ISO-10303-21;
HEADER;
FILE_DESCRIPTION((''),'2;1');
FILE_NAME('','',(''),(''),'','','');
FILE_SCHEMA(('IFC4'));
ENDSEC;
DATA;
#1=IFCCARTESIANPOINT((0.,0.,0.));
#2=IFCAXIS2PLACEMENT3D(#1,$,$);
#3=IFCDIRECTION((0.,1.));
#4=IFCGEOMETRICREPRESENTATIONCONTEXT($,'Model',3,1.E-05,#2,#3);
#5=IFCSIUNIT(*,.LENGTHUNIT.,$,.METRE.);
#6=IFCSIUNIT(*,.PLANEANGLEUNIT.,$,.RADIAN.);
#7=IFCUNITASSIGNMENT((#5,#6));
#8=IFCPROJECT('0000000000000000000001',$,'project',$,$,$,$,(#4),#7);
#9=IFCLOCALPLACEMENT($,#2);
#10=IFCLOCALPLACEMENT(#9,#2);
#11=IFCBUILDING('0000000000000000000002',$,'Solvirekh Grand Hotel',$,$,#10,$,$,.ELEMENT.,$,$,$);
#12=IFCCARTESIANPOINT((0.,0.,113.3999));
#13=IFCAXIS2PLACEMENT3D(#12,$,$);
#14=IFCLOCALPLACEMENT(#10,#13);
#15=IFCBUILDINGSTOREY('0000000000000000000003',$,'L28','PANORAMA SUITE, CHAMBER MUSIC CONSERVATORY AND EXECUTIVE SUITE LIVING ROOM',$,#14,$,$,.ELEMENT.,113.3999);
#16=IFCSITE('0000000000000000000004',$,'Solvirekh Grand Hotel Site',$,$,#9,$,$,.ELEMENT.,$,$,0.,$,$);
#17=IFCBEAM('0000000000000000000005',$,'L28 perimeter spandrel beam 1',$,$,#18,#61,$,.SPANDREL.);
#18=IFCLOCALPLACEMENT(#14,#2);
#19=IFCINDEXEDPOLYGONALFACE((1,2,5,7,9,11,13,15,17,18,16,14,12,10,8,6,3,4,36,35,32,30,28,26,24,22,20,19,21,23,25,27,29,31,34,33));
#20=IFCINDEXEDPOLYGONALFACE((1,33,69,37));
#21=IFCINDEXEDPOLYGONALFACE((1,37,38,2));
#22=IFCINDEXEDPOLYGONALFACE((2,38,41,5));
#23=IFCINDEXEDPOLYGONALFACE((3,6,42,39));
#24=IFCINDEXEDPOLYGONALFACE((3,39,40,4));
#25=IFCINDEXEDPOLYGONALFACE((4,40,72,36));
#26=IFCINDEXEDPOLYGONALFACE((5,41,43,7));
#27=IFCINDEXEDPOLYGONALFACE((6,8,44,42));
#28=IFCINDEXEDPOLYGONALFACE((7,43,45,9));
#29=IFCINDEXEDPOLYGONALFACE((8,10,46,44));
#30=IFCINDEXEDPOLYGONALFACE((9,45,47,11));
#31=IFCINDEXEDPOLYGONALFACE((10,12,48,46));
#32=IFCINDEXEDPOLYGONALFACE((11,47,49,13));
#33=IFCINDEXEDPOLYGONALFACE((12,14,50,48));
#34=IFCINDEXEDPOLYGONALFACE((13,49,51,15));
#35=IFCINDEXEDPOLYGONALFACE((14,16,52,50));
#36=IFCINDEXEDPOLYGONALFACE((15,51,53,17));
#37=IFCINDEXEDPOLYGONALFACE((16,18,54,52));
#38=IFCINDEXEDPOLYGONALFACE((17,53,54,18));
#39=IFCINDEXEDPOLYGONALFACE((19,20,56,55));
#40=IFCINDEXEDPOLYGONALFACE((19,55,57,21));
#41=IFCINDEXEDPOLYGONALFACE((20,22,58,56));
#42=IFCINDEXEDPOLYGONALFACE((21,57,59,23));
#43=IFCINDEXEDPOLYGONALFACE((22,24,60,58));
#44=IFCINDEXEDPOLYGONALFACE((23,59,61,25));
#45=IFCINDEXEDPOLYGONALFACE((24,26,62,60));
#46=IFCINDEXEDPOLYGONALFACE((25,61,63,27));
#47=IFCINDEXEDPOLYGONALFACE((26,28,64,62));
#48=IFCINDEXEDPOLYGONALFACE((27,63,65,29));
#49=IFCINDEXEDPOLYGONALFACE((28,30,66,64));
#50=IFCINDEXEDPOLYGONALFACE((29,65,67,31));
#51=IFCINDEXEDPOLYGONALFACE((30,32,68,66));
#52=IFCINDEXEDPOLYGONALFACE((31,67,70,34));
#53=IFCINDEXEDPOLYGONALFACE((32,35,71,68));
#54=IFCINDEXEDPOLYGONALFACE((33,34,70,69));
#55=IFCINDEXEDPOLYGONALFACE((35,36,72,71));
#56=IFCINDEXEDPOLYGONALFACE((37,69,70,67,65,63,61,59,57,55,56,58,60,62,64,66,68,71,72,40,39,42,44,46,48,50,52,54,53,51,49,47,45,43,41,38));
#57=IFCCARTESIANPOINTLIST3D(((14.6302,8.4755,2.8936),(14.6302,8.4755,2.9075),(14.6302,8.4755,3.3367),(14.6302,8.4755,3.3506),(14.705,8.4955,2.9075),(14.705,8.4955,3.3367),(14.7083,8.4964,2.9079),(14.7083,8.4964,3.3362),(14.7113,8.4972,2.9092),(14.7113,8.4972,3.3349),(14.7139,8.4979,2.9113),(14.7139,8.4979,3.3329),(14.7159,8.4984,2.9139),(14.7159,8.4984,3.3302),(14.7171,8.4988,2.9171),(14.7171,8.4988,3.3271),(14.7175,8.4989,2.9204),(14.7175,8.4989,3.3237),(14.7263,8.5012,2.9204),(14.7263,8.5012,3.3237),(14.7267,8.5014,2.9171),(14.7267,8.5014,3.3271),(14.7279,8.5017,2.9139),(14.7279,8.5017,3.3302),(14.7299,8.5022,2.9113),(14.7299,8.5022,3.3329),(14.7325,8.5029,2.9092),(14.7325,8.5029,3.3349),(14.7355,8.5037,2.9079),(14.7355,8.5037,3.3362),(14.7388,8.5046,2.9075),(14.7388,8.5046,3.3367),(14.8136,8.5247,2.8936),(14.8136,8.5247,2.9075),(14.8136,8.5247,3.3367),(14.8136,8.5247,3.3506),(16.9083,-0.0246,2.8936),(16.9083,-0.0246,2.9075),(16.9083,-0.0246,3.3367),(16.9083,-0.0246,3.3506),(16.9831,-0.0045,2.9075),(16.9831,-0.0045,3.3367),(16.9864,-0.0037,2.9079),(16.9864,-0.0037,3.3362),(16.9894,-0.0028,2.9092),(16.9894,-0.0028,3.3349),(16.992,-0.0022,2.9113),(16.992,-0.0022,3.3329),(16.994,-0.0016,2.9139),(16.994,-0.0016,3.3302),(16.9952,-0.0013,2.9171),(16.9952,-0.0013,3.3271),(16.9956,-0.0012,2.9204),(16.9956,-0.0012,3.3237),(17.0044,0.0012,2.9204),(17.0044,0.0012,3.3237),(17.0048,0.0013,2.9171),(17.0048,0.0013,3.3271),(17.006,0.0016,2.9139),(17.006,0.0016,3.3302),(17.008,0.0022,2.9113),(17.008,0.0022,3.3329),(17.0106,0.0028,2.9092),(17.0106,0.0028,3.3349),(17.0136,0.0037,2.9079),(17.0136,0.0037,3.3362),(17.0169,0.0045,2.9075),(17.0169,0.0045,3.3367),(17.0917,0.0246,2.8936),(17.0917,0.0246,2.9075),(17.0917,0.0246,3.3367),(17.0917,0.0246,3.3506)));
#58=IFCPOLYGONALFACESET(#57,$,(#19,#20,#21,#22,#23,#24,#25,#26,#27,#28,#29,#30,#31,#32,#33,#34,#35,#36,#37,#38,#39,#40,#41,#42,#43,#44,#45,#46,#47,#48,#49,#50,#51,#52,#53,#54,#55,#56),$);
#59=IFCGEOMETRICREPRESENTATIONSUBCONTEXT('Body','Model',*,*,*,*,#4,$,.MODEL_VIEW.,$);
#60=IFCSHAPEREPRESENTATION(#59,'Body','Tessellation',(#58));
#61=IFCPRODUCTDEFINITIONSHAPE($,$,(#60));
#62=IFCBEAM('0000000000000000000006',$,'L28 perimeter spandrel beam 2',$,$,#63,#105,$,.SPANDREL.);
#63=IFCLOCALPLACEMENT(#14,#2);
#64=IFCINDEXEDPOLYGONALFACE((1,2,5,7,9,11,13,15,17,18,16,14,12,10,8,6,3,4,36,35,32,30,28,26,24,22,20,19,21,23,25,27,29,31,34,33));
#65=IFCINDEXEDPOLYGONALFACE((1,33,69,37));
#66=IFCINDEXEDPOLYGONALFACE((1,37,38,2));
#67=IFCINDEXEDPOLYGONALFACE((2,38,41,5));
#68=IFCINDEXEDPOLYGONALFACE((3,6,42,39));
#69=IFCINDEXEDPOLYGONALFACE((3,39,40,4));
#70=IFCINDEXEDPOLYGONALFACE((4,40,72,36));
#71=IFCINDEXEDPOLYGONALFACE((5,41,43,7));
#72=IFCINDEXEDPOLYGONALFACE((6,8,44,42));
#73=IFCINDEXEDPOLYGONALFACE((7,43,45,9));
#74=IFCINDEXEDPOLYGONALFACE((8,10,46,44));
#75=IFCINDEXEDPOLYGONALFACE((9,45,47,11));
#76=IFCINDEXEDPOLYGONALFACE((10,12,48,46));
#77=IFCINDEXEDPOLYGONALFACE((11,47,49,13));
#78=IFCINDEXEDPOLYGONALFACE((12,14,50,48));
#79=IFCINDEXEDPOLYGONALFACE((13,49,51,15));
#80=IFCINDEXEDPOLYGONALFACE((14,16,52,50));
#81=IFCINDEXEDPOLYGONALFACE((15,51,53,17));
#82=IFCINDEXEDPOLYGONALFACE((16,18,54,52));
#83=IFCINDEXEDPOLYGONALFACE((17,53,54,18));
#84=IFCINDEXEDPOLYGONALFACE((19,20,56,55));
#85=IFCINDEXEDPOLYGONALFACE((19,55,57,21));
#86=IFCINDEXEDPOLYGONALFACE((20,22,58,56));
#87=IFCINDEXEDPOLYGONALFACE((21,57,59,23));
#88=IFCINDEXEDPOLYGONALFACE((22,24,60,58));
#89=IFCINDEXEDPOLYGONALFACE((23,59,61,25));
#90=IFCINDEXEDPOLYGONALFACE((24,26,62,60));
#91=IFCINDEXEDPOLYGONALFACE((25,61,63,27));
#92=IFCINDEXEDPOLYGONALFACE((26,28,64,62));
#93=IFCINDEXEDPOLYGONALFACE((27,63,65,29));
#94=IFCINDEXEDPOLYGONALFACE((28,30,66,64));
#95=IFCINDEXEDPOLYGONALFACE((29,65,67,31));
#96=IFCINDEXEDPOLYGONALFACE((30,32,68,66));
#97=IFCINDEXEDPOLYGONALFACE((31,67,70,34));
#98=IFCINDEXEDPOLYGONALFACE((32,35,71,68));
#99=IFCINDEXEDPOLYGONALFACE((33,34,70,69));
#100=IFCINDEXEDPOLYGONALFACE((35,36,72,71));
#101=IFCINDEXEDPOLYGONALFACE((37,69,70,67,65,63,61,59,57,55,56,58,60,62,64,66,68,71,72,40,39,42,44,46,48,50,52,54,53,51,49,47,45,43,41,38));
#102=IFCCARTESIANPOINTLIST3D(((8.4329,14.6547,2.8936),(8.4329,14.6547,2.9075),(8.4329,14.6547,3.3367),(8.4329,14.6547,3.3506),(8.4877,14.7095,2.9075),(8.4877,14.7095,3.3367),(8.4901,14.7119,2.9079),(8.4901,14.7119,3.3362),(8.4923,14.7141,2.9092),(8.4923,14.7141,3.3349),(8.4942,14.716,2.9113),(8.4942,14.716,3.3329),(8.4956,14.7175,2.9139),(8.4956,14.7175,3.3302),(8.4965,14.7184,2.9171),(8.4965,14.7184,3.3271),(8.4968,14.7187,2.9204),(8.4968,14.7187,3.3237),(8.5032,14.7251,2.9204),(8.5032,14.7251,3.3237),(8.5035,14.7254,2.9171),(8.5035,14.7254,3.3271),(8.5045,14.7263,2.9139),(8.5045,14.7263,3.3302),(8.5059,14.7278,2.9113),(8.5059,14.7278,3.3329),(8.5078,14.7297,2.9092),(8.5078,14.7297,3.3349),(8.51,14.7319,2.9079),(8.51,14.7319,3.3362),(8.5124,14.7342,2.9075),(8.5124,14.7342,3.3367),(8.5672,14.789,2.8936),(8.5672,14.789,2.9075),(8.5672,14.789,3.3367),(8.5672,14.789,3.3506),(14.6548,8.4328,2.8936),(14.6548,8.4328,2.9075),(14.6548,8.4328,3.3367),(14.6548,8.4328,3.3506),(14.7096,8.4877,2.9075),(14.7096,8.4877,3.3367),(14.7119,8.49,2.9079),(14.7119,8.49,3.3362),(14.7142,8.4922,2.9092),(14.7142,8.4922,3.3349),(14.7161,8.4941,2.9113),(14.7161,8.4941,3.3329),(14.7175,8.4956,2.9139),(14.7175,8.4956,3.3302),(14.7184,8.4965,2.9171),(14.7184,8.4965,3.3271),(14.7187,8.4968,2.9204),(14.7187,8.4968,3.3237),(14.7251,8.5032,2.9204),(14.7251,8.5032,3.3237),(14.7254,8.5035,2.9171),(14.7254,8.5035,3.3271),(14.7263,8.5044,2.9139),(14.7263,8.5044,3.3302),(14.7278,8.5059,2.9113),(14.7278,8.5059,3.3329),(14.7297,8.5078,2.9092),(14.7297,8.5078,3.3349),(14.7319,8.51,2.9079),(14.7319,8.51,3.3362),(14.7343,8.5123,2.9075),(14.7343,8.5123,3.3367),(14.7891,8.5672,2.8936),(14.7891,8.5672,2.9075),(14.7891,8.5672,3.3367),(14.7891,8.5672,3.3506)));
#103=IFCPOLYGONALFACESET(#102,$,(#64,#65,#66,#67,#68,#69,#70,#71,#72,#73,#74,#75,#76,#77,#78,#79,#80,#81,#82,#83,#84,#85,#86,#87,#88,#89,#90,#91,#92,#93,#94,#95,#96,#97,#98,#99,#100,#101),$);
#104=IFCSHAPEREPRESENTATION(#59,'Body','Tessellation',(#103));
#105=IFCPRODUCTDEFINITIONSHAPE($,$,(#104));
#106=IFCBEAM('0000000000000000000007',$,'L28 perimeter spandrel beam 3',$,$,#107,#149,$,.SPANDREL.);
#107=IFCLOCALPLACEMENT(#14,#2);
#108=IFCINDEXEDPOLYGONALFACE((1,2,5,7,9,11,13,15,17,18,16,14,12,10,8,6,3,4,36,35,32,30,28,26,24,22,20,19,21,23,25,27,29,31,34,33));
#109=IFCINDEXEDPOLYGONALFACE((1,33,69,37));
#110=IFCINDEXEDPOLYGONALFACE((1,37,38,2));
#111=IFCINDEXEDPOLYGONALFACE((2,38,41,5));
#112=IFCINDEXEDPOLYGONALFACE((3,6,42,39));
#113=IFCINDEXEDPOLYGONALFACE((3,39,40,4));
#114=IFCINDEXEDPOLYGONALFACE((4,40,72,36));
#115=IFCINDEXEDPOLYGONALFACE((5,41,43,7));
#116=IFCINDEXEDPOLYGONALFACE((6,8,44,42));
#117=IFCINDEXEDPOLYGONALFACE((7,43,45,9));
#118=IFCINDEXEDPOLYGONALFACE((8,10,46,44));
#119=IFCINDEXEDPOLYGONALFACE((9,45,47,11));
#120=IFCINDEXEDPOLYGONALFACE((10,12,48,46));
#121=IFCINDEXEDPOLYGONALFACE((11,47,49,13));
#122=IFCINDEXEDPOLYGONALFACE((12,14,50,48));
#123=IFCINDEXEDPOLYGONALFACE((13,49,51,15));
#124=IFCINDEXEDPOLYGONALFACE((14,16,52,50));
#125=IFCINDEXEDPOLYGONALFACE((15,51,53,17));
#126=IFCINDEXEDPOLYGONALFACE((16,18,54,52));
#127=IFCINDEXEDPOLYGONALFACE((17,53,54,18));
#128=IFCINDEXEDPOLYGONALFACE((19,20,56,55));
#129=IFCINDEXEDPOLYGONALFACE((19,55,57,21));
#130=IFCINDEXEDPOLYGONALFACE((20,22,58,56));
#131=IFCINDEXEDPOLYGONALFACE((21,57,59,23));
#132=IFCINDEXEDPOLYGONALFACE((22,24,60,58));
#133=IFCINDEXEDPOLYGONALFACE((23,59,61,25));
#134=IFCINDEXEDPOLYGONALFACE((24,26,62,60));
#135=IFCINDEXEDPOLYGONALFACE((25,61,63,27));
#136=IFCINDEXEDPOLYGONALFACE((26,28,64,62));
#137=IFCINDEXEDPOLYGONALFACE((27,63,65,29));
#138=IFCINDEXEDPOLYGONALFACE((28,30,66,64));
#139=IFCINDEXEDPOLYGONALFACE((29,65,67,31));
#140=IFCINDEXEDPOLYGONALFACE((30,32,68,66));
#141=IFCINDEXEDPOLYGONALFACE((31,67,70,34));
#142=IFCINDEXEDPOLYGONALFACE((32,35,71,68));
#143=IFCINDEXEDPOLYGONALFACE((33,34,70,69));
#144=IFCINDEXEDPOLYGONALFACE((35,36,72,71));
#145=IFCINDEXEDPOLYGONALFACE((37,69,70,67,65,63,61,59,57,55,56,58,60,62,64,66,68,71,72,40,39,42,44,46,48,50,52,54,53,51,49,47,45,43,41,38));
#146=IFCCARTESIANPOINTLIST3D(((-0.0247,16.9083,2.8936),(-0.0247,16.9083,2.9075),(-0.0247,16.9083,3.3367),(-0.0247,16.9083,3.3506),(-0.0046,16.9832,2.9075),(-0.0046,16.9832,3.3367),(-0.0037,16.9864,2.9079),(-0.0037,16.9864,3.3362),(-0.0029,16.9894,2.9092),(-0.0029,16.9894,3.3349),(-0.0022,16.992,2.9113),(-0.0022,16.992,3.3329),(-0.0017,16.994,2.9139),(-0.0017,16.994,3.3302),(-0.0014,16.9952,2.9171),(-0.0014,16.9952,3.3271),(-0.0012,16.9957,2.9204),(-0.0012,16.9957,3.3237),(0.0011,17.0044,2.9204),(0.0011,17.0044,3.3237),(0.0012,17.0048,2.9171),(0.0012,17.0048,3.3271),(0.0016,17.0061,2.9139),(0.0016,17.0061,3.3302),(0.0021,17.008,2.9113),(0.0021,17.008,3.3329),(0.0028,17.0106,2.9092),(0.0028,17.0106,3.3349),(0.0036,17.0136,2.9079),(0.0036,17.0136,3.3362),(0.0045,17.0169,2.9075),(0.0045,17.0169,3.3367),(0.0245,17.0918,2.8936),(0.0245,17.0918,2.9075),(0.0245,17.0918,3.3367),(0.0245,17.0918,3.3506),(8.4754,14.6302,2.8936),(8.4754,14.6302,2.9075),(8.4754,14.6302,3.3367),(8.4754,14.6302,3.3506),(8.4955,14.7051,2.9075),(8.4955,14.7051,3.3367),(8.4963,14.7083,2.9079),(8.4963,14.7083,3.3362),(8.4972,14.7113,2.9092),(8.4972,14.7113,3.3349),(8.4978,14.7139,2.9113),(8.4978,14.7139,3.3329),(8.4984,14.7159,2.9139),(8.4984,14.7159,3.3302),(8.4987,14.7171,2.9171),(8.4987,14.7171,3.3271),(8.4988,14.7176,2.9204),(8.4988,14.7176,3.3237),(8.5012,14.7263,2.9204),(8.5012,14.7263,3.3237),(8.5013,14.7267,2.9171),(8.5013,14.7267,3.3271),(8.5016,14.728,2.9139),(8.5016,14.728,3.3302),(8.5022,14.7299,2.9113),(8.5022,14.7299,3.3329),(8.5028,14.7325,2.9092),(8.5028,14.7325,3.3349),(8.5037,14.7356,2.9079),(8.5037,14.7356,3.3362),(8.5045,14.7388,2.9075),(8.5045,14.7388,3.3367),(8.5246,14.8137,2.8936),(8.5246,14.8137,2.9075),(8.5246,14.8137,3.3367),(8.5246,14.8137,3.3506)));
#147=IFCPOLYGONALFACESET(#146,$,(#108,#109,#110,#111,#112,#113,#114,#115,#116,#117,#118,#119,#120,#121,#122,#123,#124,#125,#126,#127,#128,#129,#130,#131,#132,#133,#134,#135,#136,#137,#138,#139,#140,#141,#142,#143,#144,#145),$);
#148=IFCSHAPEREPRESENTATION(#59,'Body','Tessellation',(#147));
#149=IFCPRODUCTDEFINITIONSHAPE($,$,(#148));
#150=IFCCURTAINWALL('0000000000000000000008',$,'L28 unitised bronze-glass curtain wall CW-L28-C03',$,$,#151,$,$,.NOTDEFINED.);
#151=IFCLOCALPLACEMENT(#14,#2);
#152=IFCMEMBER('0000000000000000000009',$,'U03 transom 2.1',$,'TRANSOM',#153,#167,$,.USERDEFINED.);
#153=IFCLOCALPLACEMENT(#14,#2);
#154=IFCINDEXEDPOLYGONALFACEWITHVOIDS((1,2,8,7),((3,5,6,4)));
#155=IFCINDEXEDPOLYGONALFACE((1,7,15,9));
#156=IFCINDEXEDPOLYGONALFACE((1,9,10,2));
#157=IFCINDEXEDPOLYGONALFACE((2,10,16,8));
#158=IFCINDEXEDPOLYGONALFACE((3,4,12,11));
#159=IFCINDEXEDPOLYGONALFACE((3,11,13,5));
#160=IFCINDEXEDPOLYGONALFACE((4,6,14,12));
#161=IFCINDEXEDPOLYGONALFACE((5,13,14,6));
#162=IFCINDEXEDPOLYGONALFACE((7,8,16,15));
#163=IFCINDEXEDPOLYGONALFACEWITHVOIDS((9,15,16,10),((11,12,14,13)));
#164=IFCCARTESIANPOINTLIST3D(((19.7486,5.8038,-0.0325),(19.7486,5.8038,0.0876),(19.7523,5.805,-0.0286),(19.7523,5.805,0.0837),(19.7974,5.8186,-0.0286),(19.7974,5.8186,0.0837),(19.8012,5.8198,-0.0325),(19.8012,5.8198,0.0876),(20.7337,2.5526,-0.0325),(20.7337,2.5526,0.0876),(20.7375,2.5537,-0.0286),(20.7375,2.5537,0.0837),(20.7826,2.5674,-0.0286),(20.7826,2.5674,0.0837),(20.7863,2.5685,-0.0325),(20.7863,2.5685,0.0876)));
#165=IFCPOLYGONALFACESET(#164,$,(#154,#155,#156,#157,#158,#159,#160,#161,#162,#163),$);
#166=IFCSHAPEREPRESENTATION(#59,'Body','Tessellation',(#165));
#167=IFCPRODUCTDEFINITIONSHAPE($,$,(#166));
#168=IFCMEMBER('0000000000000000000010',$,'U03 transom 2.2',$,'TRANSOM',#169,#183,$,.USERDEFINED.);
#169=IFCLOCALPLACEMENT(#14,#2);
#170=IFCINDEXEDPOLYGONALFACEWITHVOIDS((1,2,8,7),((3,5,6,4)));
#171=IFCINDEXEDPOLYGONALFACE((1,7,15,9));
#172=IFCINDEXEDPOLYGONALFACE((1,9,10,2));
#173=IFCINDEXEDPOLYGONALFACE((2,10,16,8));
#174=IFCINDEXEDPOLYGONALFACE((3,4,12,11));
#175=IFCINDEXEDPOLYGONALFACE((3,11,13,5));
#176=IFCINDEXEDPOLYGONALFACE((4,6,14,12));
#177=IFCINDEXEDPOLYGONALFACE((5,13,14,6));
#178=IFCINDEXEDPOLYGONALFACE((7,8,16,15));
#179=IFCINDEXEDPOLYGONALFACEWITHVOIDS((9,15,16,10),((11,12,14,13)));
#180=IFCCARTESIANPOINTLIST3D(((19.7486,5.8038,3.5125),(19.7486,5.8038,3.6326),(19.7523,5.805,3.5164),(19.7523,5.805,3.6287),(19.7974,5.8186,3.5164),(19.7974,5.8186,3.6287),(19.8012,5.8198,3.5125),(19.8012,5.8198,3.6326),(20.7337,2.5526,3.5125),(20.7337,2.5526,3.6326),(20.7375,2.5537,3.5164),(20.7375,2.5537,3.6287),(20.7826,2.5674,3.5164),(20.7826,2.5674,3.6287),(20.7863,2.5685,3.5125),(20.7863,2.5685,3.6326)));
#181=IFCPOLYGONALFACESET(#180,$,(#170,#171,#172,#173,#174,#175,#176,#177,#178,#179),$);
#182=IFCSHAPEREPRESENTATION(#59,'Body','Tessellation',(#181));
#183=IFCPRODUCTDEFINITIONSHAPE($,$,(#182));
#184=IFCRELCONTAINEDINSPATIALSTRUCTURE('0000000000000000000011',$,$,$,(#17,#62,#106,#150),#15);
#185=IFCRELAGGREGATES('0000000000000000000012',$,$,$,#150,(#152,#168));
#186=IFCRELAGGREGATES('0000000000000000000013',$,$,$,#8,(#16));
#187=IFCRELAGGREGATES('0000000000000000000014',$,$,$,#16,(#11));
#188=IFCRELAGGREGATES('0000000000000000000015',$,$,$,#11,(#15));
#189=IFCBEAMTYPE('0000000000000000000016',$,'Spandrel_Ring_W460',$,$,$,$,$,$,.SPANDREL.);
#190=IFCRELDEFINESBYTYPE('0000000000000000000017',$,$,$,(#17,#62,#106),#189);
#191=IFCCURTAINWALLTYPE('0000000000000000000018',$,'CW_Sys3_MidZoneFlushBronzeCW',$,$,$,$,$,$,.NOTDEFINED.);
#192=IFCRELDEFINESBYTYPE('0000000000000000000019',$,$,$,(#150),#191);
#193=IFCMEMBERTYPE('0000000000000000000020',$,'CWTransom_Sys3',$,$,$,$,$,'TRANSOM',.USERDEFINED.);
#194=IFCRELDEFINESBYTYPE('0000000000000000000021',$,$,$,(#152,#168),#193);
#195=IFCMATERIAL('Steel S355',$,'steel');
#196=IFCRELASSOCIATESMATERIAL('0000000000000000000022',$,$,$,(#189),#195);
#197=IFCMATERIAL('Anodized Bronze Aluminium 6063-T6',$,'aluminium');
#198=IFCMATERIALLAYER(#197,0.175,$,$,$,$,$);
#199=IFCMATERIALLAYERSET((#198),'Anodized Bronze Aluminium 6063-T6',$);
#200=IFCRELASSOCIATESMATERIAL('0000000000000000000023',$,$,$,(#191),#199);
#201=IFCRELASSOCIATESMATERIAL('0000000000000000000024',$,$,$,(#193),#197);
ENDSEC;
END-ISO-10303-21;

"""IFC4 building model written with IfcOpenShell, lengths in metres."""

from ifc_helpers import new_model, si_unit, direction, frame, origin, origin_2d, place, context, subcontext, project, spatial, hollow_rectangle, i_section, extrude, source, transform, mapped, material, layer, layer_set, material_profile, profile_set, type_object, element, aggregate, save


model = new_model("IFC4")

# Units and contexts
model_context = context("Model", 3, precision=1e-05, world=origin(), true_north=direction((0.0, 1.0)))
body_context = subcontext(model_context, "Body", "Model", "MODEL_VIEW")
ifc_project = project(units=[si_unit("LENGTHUNIT", "METRE"), si_unit("PLANEANGLEUNIT", "RADIAN")], contexts=[model_context])

# Site, building, storey
site_placement = place(None, origin())
site = spatial("IfcSite", under=ifc_project, at=site_placement, Name="Solvirekh Grand Hotel Site", CompositionType="ELEMENT", RefElevation=0.0)
building_placement = place(site_placement, origin())
building = spatial("IfcBuilding", under=site, at=building_placement, Name="Solvirekh Grand Hotel", CompositionType="ELEMENT")
storey_placement = place(building_placement, frame((0.0, 0.0, 113.3999)))
storey = spatial("IfcBuildingStorey", under=building, at=storey_placement, Name="L28", Description="PANORAMA SUITE, CHAMBER MUSIC CONSERVATORY AND EXECUTIVE SUITE LIVING ROOM", CompositionType="ELEMENT", Elevation=113.3999)

# Beams
ifc_material_1 = material(Name="Steel S355", Category="steel")
ifc_material_profile_1 = material_profile(ifc_material_1, i_section(OverallWidth=0.1899, OverallDepth=0.457, WebThickness=0.009, FlangeThickness=0.0139, FilletRadius=0.0129, at=origin_2d()), Name="W460X74")
ifc_profile_set_1 = profile_set([ifc_material_profile_1], Name="Steel S355")
beam_type_1 = type_object("IfcBeamType", Name="Spandrel_Ring_W460", PredefinedType="SPANDREL", material=ifc_profile_set_1)
beam_1_placement = place(storey_placement, frame((17.0, 0.0, 3.1221), z_axis=(-0.258873, 0.965911, 0.0), x_axis=(-0.965911, -0.258873, 0.0)))
element("IfcBeam", 1, at=beam_1_placement, inside=storey, type_object=beam_type_1, Name="L28 perimeter spandrel beam 1", PredefinedType="SPANDREL", context=body_context, shape_type="SweptSolid", body=[
    extrude(i_section(OverallWidth=0.1899, OverallDepth=0.457, WebThickness=0.009, FlangeThickness=0.0139, FilletRadius=0.0129, at=origin_2d()), origin(), (0.0, 0.0, 1.0), 8.8),
])
beam_2_placement = place(storey_placement, frame((14.7219, 8.5, 3.1221), z_axis=(-0.707107, 0.707107, 0.0), x_axis=(-0.707107, -0.707107, 0.0)))
element("IfcBeam", 2, at=beam_2_placement, inside=storey, type_object=beam_type_1, Name="L28 perimeter spandrel beam 2", PredefinedType="SPANDREL", context=body_context, shape_type="SweptSolid", body=[
    extrude(i_section(OverallWidth=0.1899, OverallDepth=0.457, WebThickness=0.009, FlangeThickness=0.0139, FilletRadius=0.0129, at=origin_2d()), origin(), (0.0, 0.0, 1.0), 8.7991),
])
beam_3_placement = place(storey_placement, frame((8.5, 14.7219, 3.1221), z_axis=(-0.965911, 0.258873, 0.0), x_axis=(-0.258873, -0.965911, 0.0)))
element("IfcBeam", 3, at=beam_3_placement, inside=storey, type_object=beam_type_1, Name="L28 perimeter spandrel beam 3", PredefinedType="SPANDREL", context=body_context, shape_type="SweptSolid", body=[
    extrude(i_section(OverallWidth=0.1899, OverallDepth=0.457, WebThickness=0.009, FlangeThickness=0.0139, FilletRadius=0.0129, at=origin_2d()), origin(), (0.0, 0.0, 1.0), 8.8),
])

# Curtain wall, members
ifc_material_2 = material(Name="Anodized Bronze Aluminium 6063-T6", Category="aluminium")
ifc_layer_1 = layer(ifc_material_2, 0.175)
ifc_layer_set_1 = layer_set([ifc_layer_1], Name="Anodized Bronze Aluminium 6063-T6")
curtain_wall_type = type_object("IfcCurtainWallType", Name="CW_Sys3_MidZoneFlushBronzeCW", PredefinedType="NOTDEFINED", material=ifc_layer_set_1)
curtain_wall_1_placement = place(storey_placement, origin())
curtain_wall_1 = element("IfcCurtainWall", 4, at=curtain_wall_1_placement, inside=storey, type_object=curtain_wall_type, Name="L28 unitised bronze-glass curtain wall CW-L28-C03", PredefinedType="NOTDEFINED")
ifc_material_profile_2 = material_profile(ifc_material_2, hollow_rectangle(XDim=0.0549, YDim=0.1201, WallThickness=0.0039, at=origin_2d()), Name="ALU RHS 120X55X4")
ifc_profile_set_2 = profile_set([ifc_material_profile_2], Name="Anodized Bronze Aluminium 6063-T6")
member_type_1 = type_object("IfcMemberType", Name="CWTransom_Sys3", ElementType="TRANSOM", PredefinedType="USERDEFINED", material=ifc_profile_set_2)
shared_shape_1 = source(origin(), body_context, "Body", "SweptSolid", [
    extrude(hollow_rectangle(XDim=0.0549, YDim=0.1201, WallThickness=0.0039, at=origin_2d()), origin(), (0.0, 0.0, 1.0), 3.3972),
])
member_1_placement = place(storey_placement, frame((20.76, 2.5605, 0.0276), z_axis=(-0.289977, 0.957033, 0.0), x_axis=(-0.957033, -0.289977, 0.0)))
member_1 = element("IfcMember", 5, at=member_1_placement, type_object=member_type_1, Name="U03 transom 2.1", ObjectType="TRANSOM", PredefinedType="USERDEFINED", context=body_context, shape_type="MappedRepresentation", body=[
    mapped(shared_shape_1, transform((0.0, 0.0, 0.0), x_axis=(1.0, 0.0, 0.0), y_axis=(0.0, 1.0, 0.0), z_axis=(0.0, 0.0, 1.0), scale=1.0)),
])
member_2_placement = place(storey_placement, frame((20.76, 2.5605, 3.5725), z_axis=(-0.289977, 0.957033, 0.0), x_axis=(-0.957033, -0.289977, 0.0)))
member_2 = element("IfcMember", 6, at=member_2_placement, type_object=member_type_1, Name="U03 transom 2.2", ObjectType="TRANSOM", PredefinedType="USERDEFINED", context=body_context, shape_type="MappedRepresentation", body=[
    mapped(shared_shape_1, transform((0.0, 0.0, 0.0), x_axis=(1.0, 0.0, 0.0), y_axis=(0.0, 1.0, 0.0), z_axis=(0.0, 0.0, 1.0), scale=1.0)),
])

aggregate(curtain_wall_1, [member_1, member_2])

save(model, "model.ifc")
